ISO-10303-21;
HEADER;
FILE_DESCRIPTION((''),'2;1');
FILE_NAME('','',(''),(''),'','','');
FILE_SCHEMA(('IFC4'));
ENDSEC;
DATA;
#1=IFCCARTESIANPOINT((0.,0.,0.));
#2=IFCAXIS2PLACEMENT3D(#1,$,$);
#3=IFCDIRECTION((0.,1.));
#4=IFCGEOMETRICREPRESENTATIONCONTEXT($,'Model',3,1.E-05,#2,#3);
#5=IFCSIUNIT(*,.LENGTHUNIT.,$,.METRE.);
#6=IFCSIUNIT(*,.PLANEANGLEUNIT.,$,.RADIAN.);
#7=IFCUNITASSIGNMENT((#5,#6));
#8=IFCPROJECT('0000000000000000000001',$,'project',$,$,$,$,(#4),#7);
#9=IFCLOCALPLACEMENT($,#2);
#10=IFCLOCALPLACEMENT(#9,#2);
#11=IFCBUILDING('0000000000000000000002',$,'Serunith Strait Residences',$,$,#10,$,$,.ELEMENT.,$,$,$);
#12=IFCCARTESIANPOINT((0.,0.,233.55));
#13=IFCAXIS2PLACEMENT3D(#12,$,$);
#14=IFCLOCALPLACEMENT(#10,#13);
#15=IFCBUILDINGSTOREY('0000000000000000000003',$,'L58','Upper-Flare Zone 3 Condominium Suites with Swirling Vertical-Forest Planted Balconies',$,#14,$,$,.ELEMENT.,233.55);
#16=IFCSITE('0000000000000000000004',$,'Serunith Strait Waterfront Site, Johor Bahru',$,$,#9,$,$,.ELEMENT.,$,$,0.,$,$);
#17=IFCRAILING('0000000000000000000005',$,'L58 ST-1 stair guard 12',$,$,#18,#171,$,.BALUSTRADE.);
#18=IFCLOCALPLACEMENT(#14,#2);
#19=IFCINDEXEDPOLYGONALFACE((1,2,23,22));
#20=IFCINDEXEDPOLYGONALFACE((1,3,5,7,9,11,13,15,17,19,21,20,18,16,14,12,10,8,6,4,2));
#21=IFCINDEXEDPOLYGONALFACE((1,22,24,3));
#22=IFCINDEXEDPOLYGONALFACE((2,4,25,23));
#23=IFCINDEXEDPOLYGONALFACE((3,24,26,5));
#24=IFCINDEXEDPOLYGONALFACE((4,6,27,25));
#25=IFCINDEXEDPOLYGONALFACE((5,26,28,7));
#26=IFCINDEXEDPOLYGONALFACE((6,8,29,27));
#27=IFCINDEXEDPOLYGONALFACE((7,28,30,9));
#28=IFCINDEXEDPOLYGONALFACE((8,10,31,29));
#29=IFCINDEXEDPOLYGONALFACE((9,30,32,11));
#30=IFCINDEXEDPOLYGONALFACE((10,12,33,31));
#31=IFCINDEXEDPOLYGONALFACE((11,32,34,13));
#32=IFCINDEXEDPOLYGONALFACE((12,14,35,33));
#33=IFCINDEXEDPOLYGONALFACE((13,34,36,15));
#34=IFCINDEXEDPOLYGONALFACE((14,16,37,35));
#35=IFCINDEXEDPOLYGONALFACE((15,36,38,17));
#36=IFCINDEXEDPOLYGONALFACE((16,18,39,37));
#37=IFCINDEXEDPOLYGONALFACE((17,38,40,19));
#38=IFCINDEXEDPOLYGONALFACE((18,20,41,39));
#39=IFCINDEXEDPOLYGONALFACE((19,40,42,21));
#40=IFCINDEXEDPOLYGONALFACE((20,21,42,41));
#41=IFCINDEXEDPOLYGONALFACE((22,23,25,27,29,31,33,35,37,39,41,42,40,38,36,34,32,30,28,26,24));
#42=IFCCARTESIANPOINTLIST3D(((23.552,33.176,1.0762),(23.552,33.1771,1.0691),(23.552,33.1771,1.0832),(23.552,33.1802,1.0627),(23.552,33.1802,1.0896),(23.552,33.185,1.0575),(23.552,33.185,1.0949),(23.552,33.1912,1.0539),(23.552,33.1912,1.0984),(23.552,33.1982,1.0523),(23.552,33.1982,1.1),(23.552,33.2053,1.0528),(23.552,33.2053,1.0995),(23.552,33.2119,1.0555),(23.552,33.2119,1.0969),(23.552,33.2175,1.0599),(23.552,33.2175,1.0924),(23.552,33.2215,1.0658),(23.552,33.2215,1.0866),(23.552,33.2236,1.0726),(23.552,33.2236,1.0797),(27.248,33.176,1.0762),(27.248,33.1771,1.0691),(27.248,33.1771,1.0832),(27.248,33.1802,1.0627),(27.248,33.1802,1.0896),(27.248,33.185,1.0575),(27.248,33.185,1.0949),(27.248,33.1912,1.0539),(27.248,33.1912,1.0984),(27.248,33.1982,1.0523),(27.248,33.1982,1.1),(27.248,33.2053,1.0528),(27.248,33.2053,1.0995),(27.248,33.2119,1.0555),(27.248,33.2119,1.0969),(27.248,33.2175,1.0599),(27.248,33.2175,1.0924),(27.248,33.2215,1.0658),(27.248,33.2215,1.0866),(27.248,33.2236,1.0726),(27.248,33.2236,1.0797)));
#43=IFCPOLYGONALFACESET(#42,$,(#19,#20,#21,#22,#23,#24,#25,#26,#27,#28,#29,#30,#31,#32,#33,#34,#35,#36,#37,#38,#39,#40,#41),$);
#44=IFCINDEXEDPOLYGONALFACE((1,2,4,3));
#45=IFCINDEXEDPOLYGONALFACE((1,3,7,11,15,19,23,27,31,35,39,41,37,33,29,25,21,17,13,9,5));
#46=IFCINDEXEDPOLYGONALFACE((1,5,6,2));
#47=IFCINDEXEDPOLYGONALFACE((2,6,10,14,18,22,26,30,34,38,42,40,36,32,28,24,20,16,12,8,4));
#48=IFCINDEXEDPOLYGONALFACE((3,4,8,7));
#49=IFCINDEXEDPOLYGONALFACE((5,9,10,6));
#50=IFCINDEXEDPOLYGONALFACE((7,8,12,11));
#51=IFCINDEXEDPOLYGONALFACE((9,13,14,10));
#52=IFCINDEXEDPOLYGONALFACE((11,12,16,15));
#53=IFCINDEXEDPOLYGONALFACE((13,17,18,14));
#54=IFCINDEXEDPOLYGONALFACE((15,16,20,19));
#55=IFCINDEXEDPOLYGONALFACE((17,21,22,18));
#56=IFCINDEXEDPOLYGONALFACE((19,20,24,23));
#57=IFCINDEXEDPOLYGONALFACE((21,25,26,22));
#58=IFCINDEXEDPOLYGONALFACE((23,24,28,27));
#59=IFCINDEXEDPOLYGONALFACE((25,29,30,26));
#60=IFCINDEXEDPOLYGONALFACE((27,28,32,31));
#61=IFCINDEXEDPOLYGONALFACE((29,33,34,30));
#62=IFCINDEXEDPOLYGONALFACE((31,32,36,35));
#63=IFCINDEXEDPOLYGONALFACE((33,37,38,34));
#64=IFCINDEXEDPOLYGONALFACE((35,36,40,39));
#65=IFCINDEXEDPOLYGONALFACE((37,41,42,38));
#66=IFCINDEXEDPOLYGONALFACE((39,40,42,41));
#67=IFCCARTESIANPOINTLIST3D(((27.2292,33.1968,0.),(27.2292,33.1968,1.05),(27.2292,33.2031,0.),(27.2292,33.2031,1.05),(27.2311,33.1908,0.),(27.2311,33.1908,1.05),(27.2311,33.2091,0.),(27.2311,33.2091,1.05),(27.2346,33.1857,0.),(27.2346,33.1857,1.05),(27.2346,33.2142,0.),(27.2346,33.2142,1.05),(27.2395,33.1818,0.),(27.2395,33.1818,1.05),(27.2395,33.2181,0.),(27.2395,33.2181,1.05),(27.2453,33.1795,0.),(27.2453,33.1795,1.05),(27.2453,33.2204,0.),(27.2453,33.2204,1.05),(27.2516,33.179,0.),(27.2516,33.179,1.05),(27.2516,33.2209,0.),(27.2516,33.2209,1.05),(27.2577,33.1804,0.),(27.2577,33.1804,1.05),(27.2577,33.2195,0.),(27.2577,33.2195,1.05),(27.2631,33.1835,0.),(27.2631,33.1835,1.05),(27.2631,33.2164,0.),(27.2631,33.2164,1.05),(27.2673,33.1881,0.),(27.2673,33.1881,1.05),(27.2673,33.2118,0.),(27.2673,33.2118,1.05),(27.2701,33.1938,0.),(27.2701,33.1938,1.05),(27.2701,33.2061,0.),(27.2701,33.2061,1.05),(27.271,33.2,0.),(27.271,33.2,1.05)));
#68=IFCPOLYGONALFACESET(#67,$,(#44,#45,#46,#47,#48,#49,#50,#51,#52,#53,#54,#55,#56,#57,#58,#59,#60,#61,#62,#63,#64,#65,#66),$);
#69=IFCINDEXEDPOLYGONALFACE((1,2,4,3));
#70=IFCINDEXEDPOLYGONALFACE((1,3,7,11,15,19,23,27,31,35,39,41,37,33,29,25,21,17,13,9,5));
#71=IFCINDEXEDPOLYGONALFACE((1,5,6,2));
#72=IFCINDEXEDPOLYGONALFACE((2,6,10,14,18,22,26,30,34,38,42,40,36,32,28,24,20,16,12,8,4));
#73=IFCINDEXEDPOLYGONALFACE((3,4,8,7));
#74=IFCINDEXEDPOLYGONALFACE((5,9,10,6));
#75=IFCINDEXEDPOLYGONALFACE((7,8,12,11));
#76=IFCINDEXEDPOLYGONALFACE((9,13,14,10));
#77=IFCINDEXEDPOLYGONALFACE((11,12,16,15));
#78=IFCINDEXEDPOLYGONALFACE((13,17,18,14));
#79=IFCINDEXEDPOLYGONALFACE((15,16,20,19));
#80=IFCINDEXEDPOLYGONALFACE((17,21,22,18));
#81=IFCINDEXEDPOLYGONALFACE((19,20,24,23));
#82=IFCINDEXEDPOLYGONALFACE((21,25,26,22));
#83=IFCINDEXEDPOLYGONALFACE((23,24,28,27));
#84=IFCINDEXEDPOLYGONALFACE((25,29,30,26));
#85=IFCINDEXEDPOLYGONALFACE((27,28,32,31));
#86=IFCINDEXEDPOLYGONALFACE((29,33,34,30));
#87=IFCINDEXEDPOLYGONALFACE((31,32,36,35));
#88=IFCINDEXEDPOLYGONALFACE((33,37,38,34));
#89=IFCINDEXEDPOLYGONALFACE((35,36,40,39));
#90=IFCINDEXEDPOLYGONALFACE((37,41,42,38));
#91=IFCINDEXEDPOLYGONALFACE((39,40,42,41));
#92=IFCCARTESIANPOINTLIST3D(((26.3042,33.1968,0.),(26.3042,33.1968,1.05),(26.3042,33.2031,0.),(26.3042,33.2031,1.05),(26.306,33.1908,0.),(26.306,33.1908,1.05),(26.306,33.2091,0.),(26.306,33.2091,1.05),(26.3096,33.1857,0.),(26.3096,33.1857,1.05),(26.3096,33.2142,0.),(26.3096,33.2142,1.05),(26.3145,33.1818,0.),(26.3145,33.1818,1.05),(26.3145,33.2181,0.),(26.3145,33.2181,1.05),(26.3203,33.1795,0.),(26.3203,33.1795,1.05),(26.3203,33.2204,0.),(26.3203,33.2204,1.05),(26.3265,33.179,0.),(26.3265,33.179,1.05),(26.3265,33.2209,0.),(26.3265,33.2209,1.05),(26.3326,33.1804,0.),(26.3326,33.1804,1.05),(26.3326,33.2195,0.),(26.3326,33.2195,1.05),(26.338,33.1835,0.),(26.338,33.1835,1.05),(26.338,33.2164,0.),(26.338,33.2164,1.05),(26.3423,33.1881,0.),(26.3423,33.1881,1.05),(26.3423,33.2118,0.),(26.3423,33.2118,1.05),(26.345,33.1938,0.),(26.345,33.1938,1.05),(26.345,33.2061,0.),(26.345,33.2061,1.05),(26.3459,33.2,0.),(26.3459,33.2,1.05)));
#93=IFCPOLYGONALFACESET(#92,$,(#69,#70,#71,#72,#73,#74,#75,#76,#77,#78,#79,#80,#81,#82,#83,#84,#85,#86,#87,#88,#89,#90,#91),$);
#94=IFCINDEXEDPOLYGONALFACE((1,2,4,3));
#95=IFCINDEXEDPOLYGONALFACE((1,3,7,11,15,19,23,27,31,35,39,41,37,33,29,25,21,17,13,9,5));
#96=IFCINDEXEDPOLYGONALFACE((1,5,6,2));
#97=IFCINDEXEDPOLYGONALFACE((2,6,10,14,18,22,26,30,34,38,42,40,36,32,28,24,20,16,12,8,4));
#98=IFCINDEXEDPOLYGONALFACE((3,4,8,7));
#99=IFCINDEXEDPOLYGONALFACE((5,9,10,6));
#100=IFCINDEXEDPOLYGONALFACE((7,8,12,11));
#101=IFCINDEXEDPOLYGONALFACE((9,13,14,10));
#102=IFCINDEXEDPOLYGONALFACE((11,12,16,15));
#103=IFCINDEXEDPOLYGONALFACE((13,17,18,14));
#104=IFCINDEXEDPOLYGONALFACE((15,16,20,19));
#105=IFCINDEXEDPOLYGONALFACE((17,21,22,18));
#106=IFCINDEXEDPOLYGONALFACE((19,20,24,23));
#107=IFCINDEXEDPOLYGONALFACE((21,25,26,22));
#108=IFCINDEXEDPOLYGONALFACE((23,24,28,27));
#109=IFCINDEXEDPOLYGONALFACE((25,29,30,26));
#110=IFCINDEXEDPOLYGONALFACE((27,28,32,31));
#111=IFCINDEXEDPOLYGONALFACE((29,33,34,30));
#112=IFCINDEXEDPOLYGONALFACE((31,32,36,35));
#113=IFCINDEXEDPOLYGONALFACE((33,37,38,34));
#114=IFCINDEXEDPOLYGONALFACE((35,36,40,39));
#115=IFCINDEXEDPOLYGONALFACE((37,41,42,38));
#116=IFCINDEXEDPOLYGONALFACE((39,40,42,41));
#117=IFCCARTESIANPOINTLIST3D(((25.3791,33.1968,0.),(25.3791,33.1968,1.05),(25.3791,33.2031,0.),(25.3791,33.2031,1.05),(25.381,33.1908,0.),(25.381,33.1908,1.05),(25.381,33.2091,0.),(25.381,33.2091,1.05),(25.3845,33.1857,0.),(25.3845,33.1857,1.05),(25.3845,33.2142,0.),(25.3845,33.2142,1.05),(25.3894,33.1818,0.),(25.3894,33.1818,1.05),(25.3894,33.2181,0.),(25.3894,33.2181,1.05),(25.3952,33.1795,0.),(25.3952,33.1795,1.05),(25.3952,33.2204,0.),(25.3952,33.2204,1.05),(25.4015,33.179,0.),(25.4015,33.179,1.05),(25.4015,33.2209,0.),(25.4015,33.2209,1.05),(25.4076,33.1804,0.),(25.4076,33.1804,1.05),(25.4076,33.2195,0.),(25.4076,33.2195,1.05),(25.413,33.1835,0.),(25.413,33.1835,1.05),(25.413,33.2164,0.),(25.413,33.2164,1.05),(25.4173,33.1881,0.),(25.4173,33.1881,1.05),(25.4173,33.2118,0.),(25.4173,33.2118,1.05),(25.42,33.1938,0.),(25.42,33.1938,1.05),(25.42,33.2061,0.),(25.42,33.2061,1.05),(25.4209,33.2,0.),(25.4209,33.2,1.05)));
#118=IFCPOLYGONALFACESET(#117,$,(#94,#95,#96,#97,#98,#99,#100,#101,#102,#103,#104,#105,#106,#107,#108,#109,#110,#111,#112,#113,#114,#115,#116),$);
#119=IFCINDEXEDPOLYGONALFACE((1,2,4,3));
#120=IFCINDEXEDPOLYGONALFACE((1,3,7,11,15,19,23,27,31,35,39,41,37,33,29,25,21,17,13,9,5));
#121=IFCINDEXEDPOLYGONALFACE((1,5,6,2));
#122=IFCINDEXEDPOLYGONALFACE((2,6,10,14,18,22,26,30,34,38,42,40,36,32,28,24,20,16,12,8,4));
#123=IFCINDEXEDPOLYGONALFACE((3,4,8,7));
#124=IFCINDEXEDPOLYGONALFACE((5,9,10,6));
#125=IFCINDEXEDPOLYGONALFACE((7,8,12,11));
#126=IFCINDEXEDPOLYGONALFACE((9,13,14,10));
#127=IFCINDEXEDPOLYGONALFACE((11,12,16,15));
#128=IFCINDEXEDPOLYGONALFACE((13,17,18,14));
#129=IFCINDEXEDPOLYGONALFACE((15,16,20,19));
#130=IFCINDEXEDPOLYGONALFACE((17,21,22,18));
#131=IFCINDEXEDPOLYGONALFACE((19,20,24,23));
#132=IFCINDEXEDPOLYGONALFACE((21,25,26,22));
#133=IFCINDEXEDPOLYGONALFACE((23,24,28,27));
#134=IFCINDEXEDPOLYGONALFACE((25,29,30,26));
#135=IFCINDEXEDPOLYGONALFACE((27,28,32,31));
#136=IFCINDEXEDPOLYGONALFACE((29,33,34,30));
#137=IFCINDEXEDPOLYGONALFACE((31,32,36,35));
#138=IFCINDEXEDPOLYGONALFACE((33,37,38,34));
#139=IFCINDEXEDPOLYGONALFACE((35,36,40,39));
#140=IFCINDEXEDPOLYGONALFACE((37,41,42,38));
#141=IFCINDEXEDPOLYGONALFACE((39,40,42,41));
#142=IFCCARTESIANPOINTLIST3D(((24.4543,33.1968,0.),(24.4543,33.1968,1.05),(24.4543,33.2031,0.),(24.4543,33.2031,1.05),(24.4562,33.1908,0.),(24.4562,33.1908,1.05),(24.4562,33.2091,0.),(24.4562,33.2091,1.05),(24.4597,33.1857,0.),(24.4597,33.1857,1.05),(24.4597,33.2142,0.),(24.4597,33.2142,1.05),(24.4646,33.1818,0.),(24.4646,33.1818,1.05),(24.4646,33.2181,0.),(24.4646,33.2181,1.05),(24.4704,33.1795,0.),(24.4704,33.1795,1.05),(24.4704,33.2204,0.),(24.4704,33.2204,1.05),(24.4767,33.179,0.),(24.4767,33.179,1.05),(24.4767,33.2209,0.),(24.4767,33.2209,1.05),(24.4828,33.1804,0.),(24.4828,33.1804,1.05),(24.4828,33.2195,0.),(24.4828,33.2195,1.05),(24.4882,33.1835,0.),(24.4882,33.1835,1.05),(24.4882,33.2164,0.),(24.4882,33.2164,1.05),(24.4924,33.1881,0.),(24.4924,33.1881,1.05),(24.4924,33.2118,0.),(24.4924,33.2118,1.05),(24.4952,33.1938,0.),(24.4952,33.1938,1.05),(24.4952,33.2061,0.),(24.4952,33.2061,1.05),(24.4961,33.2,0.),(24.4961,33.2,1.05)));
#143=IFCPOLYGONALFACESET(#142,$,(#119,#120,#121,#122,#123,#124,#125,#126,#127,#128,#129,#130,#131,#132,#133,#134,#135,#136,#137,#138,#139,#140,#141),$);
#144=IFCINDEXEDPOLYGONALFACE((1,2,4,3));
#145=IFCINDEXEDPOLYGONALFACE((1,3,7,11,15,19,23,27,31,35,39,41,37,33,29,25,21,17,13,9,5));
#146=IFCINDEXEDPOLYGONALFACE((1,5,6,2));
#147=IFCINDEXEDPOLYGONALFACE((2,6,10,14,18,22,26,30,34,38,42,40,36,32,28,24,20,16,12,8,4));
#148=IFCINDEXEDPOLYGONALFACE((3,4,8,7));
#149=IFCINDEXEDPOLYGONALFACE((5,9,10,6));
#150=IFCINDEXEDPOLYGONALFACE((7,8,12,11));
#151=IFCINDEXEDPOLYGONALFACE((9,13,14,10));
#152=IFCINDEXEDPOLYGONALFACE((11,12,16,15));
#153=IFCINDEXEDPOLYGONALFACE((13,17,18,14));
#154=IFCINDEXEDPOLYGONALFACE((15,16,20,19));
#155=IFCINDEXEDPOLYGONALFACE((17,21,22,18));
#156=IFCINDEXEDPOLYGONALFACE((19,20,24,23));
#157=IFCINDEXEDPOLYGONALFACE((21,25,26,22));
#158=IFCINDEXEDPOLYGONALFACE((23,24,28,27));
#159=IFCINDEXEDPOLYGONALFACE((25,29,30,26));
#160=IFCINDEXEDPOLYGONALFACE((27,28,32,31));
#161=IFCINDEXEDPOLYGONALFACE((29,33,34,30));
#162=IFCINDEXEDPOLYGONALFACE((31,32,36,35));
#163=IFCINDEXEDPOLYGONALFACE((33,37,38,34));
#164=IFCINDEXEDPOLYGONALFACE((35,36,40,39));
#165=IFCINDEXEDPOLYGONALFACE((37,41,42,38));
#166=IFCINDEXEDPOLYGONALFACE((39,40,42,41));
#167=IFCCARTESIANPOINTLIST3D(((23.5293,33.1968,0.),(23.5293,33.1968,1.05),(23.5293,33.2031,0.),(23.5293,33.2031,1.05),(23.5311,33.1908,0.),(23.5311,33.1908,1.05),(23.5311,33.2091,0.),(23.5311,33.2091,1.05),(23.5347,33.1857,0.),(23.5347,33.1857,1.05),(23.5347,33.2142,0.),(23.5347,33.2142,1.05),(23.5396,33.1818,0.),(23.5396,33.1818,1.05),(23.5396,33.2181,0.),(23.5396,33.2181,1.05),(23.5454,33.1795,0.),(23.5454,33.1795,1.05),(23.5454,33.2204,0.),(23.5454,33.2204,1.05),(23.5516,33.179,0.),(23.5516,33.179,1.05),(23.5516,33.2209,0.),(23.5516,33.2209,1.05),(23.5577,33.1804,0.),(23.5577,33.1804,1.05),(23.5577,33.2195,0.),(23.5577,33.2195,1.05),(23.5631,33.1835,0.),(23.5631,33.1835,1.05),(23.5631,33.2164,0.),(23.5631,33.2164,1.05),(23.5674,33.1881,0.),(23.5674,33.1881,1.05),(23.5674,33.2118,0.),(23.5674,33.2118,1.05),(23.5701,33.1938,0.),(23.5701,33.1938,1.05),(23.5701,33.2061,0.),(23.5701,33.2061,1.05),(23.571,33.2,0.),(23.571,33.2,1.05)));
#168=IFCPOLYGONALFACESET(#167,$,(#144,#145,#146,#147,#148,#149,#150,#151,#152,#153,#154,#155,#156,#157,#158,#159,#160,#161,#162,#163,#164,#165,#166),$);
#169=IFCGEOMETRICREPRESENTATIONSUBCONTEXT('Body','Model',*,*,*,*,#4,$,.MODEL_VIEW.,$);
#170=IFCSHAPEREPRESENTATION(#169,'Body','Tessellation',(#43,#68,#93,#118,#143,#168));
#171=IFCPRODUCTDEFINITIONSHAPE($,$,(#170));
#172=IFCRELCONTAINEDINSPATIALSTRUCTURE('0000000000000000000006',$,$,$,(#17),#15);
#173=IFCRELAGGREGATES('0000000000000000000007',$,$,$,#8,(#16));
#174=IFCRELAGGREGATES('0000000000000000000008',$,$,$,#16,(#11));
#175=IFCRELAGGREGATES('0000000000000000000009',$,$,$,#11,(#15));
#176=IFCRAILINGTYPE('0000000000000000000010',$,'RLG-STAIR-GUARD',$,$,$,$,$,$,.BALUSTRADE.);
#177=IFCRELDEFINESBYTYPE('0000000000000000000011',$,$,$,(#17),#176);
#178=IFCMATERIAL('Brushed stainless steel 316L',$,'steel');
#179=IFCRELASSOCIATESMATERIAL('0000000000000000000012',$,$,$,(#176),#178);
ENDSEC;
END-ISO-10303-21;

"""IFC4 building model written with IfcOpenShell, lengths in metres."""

from ifc_helpers import new_model, si_unit, direction, frame, origin, origin_2d, place, context, subcontext, project, spatial, circle, extrude, material, type_object, element, save


model = new_model("IFC4")

# Units and contexts
model_context = context("Model", 3, precision=1e-05, world=origin(), true_north=direction((0.0, 1.0)))
body_context = subcontext(model_context, "Body", "Model", "MODEL_VIEW")
ifc_project = project(units=[si_unit("LENGTHUNIT", "METRE"), si_unit("PLANEANGLEUNIT", "RADIAN")], contexts=[model_context])

# Site, building, storey
site_placement = place(None, origin())
site = spatial("IfcSite", under=ifc_project, at=site_placement, Name="Serunith Strait Waterfront Site, Johor Bahru", CompositionType="ELEMENT", RefElevation=0.0)
building_placement = place(site_placement, origin())
building = spatial("IfcBuilding", under=site, at=building_placement, Name="Serunith Strait Residences", CompositionType="ELEMENT")
storey_placement = place(building_placement, frame((0.0, 0.0, 233.55)))
storey = spatial("IfcBuildingStorey", under=building, at=storey_placement, Name="L58", Description="Upper-Flare Zone 3 Condominium Suites with Swirling Vertical-Forest Planted Balconies", CompositionType="ELEMENT", Elevation=233.55)

# Railing
ifc_material_1 = material(Name="Brushed stainless steel 316L", Category="steel")
railing_type_1 = type_object("IfcRailingType", Name="RLG-STAIR-GUARD", PredefinedType="BALUSTRADE", material=ifc_material_1)
railing_1_placement = place(storey_placement, frame((27.25, 33.2, 0.0)))
element("IfcRailing", 1, at=railing_1_placement, inside=storey, type_object=railing_type_1, Name="L58 ST-1 stair guard 12", PredefinedType="BALUSTRADE", context=body_context, shape_type="SweptSolid", body=[
    extrude(circle(Radius=0.0239, at=origin_2d()), frame((-0.002, 0.0, 1.0762), z_axis=(-1.0, 0.0, 0.0), x_axis=(0.0, -1.0, 0.0)), (0.0, 0.0, 1.0), 3.696),
    extrude(circle(Radius=0.021, at=origin_2d()), origin(), (0.0, 0.0, 1.0), 1.05),
    extrude(circle(Radius=0.021, at=origin_2d()), frame((-0.925, 0.0, 0.0)), (0.0, 0.0, 1.0), 1.05),
    extrude(circle(Radius=0.021, at=origin_2d()), frame((-1.8501, 0.0, 0.0)), (0.0, 0.0, 1.0), 1.05),
    extrude(circle(Radius=0.021, at=origin_2d()), frame((-2.7749, 0.0, 0.0)), (0.0, 0.0, 1.0), 1.05),
    extrude(circle(Radius=0.021, at=origin_2d()), frame((-3.7, 0.0, 0.0)), (0.0, 0.0, 1.0), 1.05),
])

save(model, "model.ifc")
